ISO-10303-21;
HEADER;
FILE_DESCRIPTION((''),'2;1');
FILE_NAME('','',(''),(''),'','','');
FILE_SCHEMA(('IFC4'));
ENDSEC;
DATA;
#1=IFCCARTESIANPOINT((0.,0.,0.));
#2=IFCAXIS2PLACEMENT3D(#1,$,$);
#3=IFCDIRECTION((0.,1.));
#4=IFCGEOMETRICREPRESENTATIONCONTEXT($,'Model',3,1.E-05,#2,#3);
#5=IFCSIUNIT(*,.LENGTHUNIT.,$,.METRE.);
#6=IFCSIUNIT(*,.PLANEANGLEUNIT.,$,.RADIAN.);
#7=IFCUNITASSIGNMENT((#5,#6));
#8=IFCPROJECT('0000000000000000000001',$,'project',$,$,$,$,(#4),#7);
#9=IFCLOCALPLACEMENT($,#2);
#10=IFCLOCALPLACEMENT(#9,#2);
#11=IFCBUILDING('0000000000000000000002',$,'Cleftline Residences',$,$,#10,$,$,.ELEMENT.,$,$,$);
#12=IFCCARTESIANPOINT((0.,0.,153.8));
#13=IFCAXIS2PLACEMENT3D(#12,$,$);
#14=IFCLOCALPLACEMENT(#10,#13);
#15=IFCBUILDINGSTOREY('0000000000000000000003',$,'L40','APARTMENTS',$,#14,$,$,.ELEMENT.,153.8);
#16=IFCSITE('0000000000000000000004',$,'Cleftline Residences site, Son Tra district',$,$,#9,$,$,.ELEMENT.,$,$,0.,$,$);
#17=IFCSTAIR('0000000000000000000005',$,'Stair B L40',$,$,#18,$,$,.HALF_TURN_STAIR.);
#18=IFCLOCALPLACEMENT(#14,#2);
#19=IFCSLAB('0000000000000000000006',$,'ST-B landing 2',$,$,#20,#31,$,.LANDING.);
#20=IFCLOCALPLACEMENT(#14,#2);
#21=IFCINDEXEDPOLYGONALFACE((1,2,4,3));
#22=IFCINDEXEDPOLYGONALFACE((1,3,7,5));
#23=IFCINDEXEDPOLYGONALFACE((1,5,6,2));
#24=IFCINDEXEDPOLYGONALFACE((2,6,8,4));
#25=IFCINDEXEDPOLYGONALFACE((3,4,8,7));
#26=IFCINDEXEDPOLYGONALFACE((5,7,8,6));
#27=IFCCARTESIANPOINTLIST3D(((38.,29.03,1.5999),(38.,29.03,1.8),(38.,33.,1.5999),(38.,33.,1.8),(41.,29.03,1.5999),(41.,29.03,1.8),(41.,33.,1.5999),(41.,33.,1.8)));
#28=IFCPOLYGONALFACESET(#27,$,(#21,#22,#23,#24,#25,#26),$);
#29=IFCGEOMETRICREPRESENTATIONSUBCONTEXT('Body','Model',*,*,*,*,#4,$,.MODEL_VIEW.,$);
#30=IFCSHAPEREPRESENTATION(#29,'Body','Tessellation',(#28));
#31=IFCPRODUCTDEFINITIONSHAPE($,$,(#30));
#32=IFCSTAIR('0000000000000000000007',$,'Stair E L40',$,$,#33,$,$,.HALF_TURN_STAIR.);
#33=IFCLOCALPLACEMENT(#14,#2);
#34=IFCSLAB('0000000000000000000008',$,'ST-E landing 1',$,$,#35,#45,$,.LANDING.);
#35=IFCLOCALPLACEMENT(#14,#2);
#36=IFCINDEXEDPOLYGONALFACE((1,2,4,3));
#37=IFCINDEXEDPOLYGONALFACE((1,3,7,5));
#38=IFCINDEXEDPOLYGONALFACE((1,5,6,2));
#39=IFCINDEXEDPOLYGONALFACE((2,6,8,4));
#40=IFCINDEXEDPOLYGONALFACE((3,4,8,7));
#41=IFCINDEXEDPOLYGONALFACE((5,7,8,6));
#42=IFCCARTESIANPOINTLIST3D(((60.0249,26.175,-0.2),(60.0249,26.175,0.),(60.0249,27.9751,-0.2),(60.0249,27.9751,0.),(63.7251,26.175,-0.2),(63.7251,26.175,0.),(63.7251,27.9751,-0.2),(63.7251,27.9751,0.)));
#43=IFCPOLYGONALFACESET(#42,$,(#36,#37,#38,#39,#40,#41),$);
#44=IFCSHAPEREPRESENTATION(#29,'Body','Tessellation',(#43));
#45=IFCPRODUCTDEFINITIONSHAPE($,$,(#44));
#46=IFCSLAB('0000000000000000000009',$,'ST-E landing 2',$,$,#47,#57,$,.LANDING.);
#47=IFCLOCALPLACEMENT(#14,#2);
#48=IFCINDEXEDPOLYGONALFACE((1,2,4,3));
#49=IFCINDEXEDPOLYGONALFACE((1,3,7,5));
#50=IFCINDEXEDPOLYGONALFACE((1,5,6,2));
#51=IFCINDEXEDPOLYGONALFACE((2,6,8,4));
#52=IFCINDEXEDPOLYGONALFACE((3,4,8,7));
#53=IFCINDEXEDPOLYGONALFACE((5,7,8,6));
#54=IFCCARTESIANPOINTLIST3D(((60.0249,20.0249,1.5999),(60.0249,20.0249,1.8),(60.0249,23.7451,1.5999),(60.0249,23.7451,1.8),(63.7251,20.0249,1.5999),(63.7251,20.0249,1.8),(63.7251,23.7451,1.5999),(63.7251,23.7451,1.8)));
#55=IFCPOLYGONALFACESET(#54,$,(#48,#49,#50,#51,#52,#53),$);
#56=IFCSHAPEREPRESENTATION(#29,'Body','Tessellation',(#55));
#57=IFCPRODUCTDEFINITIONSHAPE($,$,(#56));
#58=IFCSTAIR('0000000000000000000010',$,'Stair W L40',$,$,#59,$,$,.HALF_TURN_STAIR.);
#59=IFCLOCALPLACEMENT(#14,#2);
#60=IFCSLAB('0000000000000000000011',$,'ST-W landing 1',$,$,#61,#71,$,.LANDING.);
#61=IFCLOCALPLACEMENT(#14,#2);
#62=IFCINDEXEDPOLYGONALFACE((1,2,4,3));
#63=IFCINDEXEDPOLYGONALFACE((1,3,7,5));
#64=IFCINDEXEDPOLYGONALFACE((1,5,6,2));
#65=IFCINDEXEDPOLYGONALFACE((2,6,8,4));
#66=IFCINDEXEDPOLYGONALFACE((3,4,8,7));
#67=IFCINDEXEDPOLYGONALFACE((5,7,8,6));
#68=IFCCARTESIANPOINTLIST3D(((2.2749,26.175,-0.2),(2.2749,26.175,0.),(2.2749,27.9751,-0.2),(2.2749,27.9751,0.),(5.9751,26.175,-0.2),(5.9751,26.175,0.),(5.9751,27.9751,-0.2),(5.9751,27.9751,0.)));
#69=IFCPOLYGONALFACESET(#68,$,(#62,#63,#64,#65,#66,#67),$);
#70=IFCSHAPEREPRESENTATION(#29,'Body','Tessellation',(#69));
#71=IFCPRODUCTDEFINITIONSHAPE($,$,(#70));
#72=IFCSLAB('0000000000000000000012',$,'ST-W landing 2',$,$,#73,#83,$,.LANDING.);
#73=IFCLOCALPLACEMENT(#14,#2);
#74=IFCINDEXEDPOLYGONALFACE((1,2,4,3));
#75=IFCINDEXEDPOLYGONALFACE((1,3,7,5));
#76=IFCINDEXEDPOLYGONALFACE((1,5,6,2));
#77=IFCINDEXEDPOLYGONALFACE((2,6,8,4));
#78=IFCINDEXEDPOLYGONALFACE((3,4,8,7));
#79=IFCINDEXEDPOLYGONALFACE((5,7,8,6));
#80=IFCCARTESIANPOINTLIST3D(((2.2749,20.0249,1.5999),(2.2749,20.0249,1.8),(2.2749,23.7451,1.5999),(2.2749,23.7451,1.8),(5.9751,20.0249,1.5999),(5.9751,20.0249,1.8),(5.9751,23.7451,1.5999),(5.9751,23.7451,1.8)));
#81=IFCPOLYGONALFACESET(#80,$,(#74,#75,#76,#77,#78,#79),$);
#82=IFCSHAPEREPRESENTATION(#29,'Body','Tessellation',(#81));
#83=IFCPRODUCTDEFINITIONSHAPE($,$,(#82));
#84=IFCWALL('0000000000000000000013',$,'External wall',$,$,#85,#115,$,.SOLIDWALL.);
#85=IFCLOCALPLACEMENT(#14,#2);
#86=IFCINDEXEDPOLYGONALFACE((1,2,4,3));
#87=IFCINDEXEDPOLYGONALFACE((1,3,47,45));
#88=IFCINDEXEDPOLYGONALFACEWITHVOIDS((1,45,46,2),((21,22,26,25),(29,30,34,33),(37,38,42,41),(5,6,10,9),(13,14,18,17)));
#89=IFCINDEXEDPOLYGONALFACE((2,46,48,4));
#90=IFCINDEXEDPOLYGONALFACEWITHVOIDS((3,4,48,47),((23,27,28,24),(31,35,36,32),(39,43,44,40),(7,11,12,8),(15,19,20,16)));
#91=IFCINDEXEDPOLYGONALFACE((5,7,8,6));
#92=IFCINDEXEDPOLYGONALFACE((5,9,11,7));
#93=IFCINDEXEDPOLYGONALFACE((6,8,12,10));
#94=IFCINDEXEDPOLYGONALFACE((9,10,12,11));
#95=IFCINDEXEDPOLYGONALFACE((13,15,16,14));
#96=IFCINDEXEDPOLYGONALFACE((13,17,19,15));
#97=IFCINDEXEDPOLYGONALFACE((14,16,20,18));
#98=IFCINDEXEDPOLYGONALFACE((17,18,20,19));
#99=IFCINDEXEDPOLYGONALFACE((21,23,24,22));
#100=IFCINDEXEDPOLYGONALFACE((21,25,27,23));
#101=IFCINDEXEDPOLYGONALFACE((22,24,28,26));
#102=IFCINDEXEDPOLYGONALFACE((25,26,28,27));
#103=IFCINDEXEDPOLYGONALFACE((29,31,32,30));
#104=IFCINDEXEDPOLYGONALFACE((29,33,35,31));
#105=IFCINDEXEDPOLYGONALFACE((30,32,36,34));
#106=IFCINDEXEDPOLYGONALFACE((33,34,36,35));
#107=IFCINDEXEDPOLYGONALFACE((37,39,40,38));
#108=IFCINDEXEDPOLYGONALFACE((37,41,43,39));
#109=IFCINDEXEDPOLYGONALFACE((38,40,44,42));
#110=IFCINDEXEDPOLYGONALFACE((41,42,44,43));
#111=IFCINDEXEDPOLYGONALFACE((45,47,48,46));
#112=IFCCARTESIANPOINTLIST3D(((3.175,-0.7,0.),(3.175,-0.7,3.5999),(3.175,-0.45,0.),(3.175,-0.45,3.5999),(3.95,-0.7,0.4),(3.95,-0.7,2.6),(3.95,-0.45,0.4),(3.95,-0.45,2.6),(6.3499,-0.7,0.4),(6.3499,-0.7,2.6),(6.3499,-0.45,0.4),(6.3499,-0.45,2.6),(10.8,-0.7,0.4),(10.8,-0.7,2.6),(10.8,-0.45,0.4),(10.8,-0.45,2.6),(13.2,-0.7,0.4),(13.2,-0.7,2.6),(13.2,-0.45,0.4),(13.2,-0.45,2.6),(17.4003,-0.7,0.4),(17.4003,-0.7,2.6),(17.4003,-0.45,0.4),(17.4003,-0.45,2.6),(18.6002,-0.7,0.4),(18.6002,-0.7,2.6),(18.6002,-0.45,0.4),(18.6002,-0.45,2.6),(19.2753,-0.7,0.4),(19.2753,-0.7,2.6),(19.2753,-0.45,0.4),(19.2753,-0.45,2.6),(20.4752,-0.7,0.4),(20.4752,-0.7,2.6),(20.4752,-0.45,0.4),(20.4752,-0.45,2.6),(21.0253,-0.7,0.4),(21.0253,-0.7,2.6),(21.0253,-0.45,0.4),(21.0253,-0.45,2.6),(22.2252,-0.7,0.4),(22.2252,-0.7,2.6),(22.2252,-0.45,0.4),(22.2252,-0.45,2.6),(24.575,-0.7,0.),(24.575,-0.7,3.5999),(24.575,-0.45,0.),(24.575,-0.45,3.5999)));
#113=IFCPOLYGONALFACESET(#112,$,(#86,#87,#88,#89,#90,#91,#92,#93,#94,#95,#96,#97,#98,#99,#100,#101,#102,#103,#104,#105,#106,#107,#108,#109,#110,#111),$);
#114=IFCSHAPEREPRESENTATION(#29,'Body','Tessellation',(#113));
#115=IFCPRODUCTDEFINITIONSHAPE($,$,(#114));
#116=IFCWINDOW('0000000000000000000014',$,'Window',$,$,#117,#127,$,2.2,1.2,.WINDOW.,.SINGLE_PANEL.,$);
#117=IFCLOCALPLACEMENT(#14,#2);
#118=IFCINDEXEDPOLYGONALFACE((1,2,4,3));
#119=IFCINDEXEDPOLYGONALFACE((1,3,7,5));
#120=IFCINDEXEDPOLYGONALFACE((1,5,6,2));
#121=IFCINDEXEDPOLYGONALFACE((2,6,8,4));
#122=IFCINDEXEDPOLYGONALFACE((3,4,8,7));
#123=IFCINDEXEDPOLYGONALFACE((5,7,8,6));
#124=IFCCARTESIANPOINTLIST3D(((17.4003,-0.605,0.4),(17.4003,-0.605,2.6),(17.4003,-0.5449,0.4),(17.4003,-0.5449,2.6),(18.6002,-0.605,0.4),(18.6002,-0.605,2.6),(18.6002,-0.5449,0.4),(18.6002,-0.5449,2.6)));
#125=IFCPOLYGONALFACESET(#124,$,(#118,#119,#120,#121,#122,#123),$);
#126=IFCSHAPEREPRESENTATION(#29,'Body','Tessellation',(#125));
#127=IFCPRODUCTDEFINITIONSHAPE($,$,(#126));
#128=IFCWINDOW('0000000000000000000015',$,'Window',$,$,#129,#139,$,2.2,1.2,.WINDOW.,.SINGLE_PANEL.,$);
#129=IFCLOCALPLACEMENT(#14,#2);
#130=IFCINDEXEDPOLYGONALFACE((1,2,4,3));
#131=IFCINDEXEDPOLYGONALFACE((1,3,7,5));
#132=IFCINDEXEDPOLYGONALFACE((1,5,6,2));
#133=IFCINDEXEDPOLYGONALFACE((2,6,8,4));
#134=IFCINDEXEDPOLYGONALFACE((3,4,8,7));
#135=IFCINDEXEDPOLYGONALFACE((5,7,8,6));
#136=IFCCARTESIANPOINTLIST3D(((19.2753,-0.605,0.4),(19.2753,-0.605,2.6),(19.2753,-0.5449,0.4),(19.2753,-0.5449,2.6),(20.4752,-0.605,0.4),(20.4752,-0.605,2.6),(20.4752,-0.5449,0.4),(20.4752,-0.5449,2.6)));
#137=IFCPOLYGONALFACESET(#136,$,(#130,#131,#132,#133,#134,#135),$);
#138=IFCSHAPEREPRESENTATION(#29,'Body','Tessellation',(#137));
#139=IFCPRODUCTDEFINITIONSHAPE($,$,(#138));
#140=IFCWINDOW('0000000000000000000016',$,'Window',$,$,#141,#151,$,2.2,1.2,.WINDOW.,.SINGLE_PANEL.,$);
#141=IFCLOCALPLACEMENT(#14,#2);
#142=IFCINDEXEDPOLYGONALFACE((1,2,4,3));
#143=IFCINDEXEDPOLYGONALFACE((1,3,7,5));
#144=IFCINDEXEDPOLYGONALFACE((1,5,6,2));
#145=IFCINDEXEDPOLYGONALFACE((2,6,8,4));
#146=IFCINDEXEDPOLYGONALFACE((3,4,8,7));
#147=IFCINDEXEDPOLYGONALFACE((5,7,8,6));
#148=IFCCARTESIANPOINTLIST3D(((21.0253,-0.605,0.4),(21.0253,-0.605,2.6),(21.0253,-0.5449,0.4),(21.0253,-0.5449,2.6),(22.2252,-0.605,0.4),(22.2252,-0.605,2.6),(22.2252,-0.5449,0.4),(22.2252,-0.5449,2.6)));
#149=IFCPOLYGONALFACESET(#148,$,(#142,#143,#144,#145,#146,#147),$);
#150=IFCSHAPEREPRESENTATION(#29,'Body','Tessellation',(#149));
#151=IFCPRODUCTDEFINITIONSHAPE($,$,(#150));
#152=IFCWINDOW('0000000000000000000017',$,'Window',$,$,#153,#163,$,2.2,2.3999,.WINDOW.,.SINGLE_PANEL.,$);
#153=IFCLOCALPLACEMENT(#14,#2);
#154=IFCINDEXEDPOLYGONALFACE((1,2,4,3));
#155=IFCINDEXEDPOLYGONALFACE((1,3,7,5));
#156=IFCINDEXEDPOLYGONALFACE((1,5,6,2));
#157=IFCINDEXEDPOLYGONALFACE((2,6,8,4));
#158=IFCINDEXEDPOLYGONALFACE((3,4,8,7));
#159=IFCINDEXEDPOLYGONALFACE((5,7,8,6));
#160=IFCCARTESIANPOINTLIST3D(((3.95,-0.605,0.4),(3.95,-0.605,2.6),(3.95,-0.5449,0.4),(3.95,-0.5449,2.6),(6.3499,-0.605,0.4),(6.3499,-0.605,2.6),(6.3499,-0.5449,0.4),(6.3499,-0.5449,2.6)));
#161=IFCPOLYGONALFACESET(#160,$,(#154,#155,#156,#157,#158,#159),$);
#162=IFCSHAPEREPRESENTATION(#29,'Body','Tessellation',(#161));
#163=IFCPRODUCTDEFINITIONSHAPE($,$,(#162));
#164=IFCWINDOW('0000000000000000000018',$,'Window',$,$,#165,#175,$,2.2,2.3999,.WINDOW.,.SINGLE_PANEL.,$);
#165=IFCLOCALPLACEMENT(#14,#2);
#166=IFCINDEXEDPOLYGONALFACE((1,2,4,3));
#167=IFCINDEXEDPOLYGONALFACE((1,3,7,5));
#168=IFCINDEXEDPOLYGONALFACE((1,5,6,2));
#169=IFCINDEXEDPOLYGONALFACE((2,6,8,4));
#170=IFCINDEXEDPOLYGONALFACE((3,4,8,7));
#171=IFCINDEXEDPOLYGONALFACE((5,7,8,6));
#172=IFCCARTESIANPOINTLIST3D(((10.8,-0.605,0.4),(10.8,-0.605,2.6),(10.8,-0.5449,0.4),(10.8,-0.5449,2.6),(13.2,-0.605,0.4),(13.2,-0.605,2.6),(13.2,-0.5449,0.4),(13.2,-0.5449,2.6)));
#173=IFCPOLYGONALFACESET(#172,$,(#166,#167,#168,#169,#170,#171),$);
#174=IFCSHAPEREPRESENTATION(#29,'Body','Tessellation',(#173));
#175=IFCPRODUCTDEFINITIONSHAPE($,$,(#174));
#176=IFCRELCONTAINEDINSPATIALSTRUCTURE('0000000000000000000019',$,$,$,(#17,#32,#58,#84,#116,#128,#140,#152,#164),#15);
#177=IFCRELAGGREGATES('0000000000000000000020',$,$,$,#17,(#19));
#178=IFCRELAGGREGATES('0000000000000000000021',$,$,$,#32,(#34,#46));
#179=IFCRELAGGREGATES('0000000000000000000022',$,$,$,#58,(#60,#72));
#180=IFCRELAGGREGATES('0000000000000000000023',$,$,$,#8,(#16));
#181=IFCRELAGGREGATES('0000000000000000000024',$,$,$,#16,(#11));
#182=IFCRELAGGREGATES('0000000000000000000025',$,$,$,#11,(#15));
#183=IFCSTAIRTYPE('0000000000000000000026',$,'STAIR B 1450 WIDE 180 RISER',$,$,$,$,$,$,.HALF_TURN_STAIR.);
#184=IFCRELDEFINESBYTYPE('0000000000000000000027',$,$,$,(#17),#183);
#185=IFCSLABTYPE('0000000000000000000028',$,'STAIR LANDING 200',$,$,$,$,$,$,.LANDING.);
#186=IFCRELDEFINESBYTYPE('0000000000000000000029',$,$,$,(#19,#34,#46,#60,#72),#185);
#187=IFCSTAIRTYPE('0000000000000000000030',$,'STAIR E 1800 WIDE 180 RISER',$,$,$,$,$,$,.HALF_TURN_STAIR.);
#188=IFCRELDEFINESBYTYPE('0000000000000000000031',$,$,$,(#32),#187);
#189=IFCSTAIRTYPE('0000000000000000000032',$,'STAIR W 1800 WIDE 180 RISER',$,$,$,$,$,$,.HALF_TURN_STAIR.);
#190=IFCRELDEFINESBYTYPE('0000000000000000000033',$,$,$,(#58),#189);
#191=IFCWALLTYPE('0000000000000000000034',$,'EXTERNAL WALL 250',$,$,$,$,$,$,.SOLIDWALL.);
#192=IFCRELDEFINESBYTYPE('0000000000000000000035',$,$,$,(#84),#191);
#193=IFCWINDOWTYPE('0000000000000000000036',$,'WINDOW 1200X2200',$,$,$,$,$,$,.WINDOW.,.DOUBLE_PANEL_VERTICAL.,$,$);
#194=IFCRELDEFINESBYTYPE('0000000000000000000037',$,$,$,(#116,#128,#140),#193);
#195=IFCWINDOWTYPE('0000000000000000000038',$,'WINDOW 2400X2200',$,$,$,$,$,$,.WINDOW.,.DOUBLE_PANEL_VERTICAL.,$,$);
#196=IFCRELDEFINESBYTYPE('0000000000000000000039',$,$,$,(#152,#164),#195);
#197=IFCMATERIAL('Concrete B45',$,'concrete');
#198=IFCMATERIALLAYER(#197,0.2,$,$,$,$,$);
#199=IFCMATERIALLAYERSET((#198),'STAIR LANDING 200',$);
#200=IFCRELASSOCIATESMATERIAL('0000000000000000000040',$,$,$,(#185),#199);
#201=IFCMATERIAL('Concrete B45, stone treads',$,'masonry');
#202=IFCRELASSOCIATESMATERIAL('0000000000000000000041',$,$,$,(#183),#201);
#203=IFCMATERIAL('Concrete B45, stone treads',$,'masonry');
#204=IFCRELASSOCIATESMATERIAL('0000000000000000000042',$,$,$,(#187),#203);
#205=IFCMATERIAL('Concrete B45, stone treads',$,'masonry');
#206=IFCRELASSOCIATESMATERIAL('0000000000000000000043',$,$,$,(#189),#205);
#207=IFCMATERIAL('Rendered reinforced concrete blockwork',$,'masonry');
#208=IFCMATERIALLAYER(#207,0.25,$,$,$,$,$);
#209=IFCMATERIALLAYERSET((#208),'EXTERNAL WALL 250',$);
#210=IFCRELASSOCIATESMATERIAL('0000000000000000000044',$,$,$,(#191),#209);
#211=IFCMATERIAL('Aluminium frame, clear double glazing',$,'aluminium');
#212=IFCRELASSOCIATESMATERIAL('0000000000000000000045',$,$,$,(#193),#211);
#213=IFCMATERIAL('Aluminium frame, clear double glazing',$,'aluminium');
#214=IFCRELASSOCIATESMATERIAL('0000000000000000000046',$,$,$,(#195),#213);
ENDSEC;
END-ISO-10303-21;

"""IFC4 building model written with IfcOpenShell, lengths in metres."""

from ifc_helpers import new_model, si_unit, direction, frame, frame_2d, origin, place, context, subcontext, project, spatial, polyline, rectangle, outline, extrude, material, layer, layer_set, type_object, element, fill, aggregate, save


model = new_model("IFC4")

# Units and contexts
model_context = context("Model", 3, precision=1e-05, world=origin(), true_north=direction((0.0, 1.0)))
body_context = subcontext(model_context, "Body", "Model", "MODEL_VIEW")
ifc_project = project(units=[si_unit("LENGTHUNIT", "METRE"), si_unit("PLANEANGLEUNIT", "RADIAN")], contexts=[model_context])

# Site, building, storey
site_placement = place(None, origin())
site = spatial("IfcSite", under=ifc_project, at=site_placement, Name="Cleftline Residences site, Son Tra district", CompositionType="ELEMENT", RefElevation=0.0)
building_placement = place(site_placement, origin())
building = spatial("IfcBuilding", under=site, at=building_placement, Name="Cleftline Residences", CompositionType="ELEMENT")
storey_placement = place(building_placement, frame((0.0, 0.0, 153.8)))
storey = spatial("IfcBuildingStorey", under=building, at=storey_placement, Name="L40", Description="APARTMENTS", CompositionType="ELEMENT", Elevation=153.8)

# Stairs, slabs
ifc_material_1 = material(Name="Concrete B45", Category="concrete")
ifc_layer_1 = layer(ifc_material_1, 0.2)
ifc_layer_set_1 = layer_set([ifc_layer_1], Name="STAIR LANDING 200")
slab_type_1 = type_object("IfcSlabType", Name="STAIR LANDING 200", PredefinedType="LANDING", material=ifc_layer_set_1)
ifc_material_2 = material(Name="Concrete B45, stone treads", Category="masonry")
stair_type_1 = type_object("IfcStairType", Name="STAIR B 1450 WIDE 180 RISER", PredefinedType="HALF_TURN_STAIR", material=ifc_material_2)
stair_1_placement = place(storey_placement, origin())
stair_1 = element("IfcStair", 1, at=stair_1_placement, inside=storey, type_object=stair_type_1, Name="Stair B L40", PredefinedType="HALF_TURN_STAIR")
slab_1_placement = place(storey_placement, frame((0.0, 0.0, 1.5999)))
slab_1 = element("IfcSlab", 2, at=slab_1_placement, type_object=slab_type_1, Name="ST-B landing 2", PredefinedType="LANDING", context=body_context, shape_type="SweptSolid", body=[
    extrude(outline(polyline([(38.0, 29.03), (41.0, 29.03), (41.0, 33.0), (38.0, 33.0), (38.0, 29.03)])), origin(), (0.0, 0.0, 1.0), 0.2002),
])
aggregate(stair_1, [slab_1])
ifc_material_3 = material(Name="Concrete B45, stone treads", Category="masonry")
stair_type_2 = type_object("IfcStairType", Name="STAIR E 1800 WIDE 180 RISER", PredefinedType="HALF_TURN_STAIR", material=ifc_material_3)
stair_2_placement = place(storey_placement, origin())
stair_2 = element("IfcStair", 3, at=stair_2_placement, inside=storey, type_object=stair_type_2, Name="Stair E L40", PredefinedType="HALF_TURN_STAIR")
slab_2_placement = place(storey_placement, frame((0.0, 0.0, -0.2)))
slab_2 = element("IfcSlab", 4, at=slab_2_placement, type_object=slab_type_1, Name="ST-E landing 1", PredefinedType="LANDING", context=body_context, shape_type="SweptSolid", body=[
    extrude(outline(polyline([(60.0249, 26.175), (63.7251, 26.175), (63.7251, 27.9751), (60.0249, 27.9751), (60.0249, 26.175)])), origin(), (0.0, 0.0, 1.0), 0.2),
])
slab_3_placement = place(storey_placement, frame((0.0, 0.0, 1.5999)))
slab_3 = element("IfcSlab", 5, at=slab_3_placement, type_object=slab_type_1, Name="ST-E landing 2", PredefinedType="LANDING", context=body_context, shape_type="SweptSolid", body=[
    extrude(outline(polyline([(60.0249, 20.0249), (63.7251, 20.0249), (63.7251, 23.7451), (60.0249, 23.7451), (60.0249, 20.0249)])), origin(), (0.0, 0.0, 1.0), 0.2002),
])
aggregate(stair_2, [slab_2, slab_3])
ifc_material_4 = material(Name="Concrete B45, stone treads", Category="masonry")
stair_type_3 = type_object("IfcStairType", Name="STAIR W 1800 WIDE 180 RISER", PredefinedType="HALF_TURN_STAIR", material=ifc_material_4)
stair_3_placement = place(storey_placement, origin())
stair_3 = element("IfcStair", 6, at=stair_3_placement, inside=storey, type_object=stair_type_3, Name="Stair W L40", PredefinedType="HALF_TURN_STAIR")
slab_4_placement = place(storey_placement, frame((0.0, 0.0, -0.2)))
slab_4 = element("IfcSlab", 7, at=slab_4_placement, type_object=slab_type_1, Name="ST-W landing 1", PredefinedType="LANDING", context=body_context, shape_type="SweptSolid", body=[
    extrude(outline(polyline([(2.2749, 26.175), (5.9751, 26.175), (5.9751, 27.9751), (2.2749, 27.9751), (2.2749, 26.175)])), origin(), (0.0, 0.0, 1.0), 0.2),
])
slab_5_placement = place(storey_placement, frame((0.0, 0.0, 1.5999)))
slab_5 = element("IfcSlab", 8, at=slab_5_placement, type_object=slab_type_1, Name="ST-W landing 2", PredefinedType="LANDING", context=body_context, shape_type="SweptSolid", body=[
    extrude(outline(polyline([(2.2749, 20.0249), (5.9751, 20.0249), (5.9751, 23.7451), (2.2749, 23.7451), (2.2749, 20.0249)])), origin(), (0.0, 0.0, 1.0), 0.2002),
])
aggregate(stair_3, [slab_4, slab_5])

# Wall, openings, windows
ifc_material_5 = material(Name="Rendered reinforced concrete blockwork", Category="masonry")
ifc_layer_2 = layer(ifc_material_5, 0.25)
ifc_layer_set_2 = layer_set([ifc_layer_2], Name="EXTERNAL WALL 250")
wall_type = type_object("IfcWallType", Name="EXTERNAL WALL 250", PredefinedType="SOLIDWALL", material=ifc_layer_set_2)
wall_placement = place(storey_placement, frame((3.175, -0.575, 0.0), z_axis=(0.0, 0.0, 1.0), x_axis=(1.0, 0.0, 0.0)))
wall = element("IfcWall", 9, at=wall_placement, inside=storey, type_object=wall_type, Name="External wall", PredefinedType="SOLIDWALL", context=body_context, shape_type="SweptSolid", body=[
    extrude(rectangle(XDim=21.3999, YDim=0.25, at=frame_2d((10.7, 0.0))), origin(), (0.0, 0.0, 1.0), 3.5999),
])
opening_1_placement = place(wall_placement, frame((0.7749, 0.0, 0.3999)))
opening_1 = element("IfcOpeningElement", 10, at=opening_1_placement, cuts=wall, PredefinedType="OPENING", context=body_context, shape_type="SweptSolid", body=[
    extrude(rectangle(XDim=2.3999, YDim=2.2, at=frame_2d((1.2, 1.1001))), frame((0.0, 0.135, 0.0), z_axis=(0.0, -1.0, 0.0), x_axis=(1.0, 0.0, 0.0)), (0.0, 0.0, 1.0), 0.27),
])
opening_2_placement = place(wall_placement, frame((7.625, 0.0, 0.3999)))
opening_2 = element("IfcOpeningElement", 11, at=opening_2_placement, cuts=wall, PredefinedType="OPENING", context=body_context, shape_type="SweptSolid", body=[
    extrude(rectangle(XDim=2.3999, YDim=2.2, at=frame_2d((1.2, 1.1001))), frame((0.0, 0.135, 0.0), z_axis=(0.0, -1.0, 0.0), x_axis=(1.0, 0.0, 0.0)), (0.0, 0.0, 1.0), 0.27),
])
opening_3_placement = place(wall_placement, frame((14.2251, 0.0, 0.3999)))
opening_3 = element("IfcOpeningElement", 12, at=opening_3_placement, cuts=wall, PredefinedType="OPENING", context=body_context, shape_type="SweptSolid", body=[
    extrude(rectangle(XDim=1.2, YDim=2.2, at=frame_2d((0.6001, 1.1001))), frame((0.0, 0.135, 0.0), z_axis=(0.0, -1.0, 0.0), x_axis=(1.0, 0.0, 0.0)), (0.0, 0.0, 1.0), 0.27),
])
opening_4_placement = place(wall_placement, frame((16.1001, 0.0, 0.3999)))
opening_4 = element("IfcOpeningElement", 13, at=opening_4_placement, cuts=wall, PredefinedType="OPENING", context=body_context, shape_type="SweptSolid", body=[
    extrude(rectangle(XDim=1.2, YDim=2.2, at=frame_2d((0.6001, 1.1001))), frame((0.0, 0.135, 0.0), z_axis=(0.0, -1.0, 0.0), x_axis=(1.0, 0.0, 0.0)), (0.0, 0.0, 1.0), 0.27),
])
opening_5_placement = place(wall_placement, frame((17.8501, 0.0, 0.3999)))
opening_5 = element("IfcOpeningElement", 14, at=opening_5_placement, cuts=wall, PredefinedType="OPENING", context=body_context, shape_type="SweptSolid", body=[
    extrude(rectangle(XDim=1.2, YDim=2.2, at=frame_2d((0.6001, 1.1001))), frame((0.0, 0.135, 0.0), z_axis=(0.0, -1.0, 0.0), x_axis=(1.0, 0.0, 0.0)), (0.0, 0.0, 1.0), 0.27),
])
ifc_material_6 = material(Name="Aluminium frame, clear double glazing", Category="aluminium")
window_type_1 = type_object("IfcWindowType", Name="WINDOW 1200X2200", PartitioningType="DOUBLE_PANEL_VERTICAL", PredefinedType="WINDOW", material=ifc_material_6)
window_1_placement = place(opening_3_placement, origin())
window_1 = element("IfcWindow", 15, at=window_1_placement, inside=storey, type_object=window_type_1, Name="Window", OverallHeight=2.2, OverallWidth=1.2, PartitioningType="SINGLE_PANEL", PredefinedType="WINDOW", context=body_context, shape_type="SweptSolid", body=[
    extrude(rectangle(XDim=1.2, YDim=2.2, at=frame_2d((0.6001, 1.1001))), frame((0.0, 0.03, 0.0), z_axis=(0.0, -1.0, 0.0), x_axis=(1.0, 0.0, 0.0)), (0.0, 0.0, 1.0), 0.0601),
])
fill(opening_3, window_1)
window_2_placement = place(opening_4_placement, origin())
window_2 = element("IfcWindow", 16, at=window_2_placement, inside=storey, type_object=window_type_1, Name="Window", OverallHeight=2.2, OverallWidth=1.2, PartitioningType="SINGLE_PANEL", PredefinedType="WINDOW", context=body_context, shape_type="SweptSolid", body=[
    extrude(rectangle(XDim=1.2, YDim=2.2, at=frame_2d((0.6001, 1.1001))), frame((0.0, 0.03, 0.0), z_axis=(0.0, -1.0, 0.0), x_axis=(1.0, 0.0, 0.0)), (0.0, 0.0, 1.0), 0.0601),
])
fill(opening_4, window_2)
window_3_placement = place(opening_5_placement, origin())
window_3 = element("IfcWindow", 17, at=window_3_placement, inside=storey, type_object=window_type_1, Name="Window", OverallHeight=2.2, OverallWidth=1.2, PartitioningType="SINGLE_PANEL", PredefinedType="WINDOW", context=body_context, shape_type="SweptSolid", body=[
    extrude(rectangle(XDim=1.2, YDim=2.2, at=frame_2d((0.6001, 1.1001))), frame((0.0, 0.03, 0.0), z_axis=(0.0, -1.0, 0.0), x_axis=(1.0, 0.0, 0.0)), (0.0, 0.0, 1.0), 0.0601),
])
fill(opening_5, window_3)
ifc_material_7 = material(Name="Aluminium frame, clear double glazing", Category="aluminium")
window_type_2 = type_object("IfcWindowType", Name="WINDOW 2400X2200", PartitioningType="DOUBLE_PANEL_VERTICAL", PredefinedType="WINDOW", material=ifc_material_7)
window_4_placement = place(opening_1_placement, origin())
window_4 = element("IfcWindow", 18, at=window_4_placement, inside=storey, type_object=window_type_2, Name="Window", OverallHeight=2.2, OverallWidth=2.3999, PartitioningType="SINGLE_PANEL", PredefinedType="WINDOW", context=body_context, shape_type="SweptSolid", body=[
    extrude(rectangle(XDim=2.3999, YDim=2.2, at=frame_2d((1.2, 1.1001))), frame((0.0, 0.03, 0.0), z_axis=(0.0, -1.0, 0.0), x_axis=(1.0, 0.0, 0.0)), (0.0, 0.0, 1.0), 0.0601),
])
fill(opening_1, window_4)
window_5_placement = place(opening_2_placement, origin())
window_5 = element("IfcWindow", 19, at=window_5_placement, inside=storey, type_object=window_type_2, Name="Window", OverallHeight=2.2, OverallWidth=2.3999, PartitioningType="SINGLE_PANEL", PredefinedType="WINDOW", context=body_context, shape_type="SweptSolid", body=[
    extrude(rectangle(XDim=2.3999, YDim=2.2, at=frame_2d((1.2, 1.1001))), frame((0.0, 0.03, 0.0), z_axis=(0.0, -1.0, 0.0), x_axis=(1.0, 0.0, 0.0)), (0.0, 0.0, 1.0), 0.0601),
])
fill(opening_2, window_5)

save(model, "model.ifc")
